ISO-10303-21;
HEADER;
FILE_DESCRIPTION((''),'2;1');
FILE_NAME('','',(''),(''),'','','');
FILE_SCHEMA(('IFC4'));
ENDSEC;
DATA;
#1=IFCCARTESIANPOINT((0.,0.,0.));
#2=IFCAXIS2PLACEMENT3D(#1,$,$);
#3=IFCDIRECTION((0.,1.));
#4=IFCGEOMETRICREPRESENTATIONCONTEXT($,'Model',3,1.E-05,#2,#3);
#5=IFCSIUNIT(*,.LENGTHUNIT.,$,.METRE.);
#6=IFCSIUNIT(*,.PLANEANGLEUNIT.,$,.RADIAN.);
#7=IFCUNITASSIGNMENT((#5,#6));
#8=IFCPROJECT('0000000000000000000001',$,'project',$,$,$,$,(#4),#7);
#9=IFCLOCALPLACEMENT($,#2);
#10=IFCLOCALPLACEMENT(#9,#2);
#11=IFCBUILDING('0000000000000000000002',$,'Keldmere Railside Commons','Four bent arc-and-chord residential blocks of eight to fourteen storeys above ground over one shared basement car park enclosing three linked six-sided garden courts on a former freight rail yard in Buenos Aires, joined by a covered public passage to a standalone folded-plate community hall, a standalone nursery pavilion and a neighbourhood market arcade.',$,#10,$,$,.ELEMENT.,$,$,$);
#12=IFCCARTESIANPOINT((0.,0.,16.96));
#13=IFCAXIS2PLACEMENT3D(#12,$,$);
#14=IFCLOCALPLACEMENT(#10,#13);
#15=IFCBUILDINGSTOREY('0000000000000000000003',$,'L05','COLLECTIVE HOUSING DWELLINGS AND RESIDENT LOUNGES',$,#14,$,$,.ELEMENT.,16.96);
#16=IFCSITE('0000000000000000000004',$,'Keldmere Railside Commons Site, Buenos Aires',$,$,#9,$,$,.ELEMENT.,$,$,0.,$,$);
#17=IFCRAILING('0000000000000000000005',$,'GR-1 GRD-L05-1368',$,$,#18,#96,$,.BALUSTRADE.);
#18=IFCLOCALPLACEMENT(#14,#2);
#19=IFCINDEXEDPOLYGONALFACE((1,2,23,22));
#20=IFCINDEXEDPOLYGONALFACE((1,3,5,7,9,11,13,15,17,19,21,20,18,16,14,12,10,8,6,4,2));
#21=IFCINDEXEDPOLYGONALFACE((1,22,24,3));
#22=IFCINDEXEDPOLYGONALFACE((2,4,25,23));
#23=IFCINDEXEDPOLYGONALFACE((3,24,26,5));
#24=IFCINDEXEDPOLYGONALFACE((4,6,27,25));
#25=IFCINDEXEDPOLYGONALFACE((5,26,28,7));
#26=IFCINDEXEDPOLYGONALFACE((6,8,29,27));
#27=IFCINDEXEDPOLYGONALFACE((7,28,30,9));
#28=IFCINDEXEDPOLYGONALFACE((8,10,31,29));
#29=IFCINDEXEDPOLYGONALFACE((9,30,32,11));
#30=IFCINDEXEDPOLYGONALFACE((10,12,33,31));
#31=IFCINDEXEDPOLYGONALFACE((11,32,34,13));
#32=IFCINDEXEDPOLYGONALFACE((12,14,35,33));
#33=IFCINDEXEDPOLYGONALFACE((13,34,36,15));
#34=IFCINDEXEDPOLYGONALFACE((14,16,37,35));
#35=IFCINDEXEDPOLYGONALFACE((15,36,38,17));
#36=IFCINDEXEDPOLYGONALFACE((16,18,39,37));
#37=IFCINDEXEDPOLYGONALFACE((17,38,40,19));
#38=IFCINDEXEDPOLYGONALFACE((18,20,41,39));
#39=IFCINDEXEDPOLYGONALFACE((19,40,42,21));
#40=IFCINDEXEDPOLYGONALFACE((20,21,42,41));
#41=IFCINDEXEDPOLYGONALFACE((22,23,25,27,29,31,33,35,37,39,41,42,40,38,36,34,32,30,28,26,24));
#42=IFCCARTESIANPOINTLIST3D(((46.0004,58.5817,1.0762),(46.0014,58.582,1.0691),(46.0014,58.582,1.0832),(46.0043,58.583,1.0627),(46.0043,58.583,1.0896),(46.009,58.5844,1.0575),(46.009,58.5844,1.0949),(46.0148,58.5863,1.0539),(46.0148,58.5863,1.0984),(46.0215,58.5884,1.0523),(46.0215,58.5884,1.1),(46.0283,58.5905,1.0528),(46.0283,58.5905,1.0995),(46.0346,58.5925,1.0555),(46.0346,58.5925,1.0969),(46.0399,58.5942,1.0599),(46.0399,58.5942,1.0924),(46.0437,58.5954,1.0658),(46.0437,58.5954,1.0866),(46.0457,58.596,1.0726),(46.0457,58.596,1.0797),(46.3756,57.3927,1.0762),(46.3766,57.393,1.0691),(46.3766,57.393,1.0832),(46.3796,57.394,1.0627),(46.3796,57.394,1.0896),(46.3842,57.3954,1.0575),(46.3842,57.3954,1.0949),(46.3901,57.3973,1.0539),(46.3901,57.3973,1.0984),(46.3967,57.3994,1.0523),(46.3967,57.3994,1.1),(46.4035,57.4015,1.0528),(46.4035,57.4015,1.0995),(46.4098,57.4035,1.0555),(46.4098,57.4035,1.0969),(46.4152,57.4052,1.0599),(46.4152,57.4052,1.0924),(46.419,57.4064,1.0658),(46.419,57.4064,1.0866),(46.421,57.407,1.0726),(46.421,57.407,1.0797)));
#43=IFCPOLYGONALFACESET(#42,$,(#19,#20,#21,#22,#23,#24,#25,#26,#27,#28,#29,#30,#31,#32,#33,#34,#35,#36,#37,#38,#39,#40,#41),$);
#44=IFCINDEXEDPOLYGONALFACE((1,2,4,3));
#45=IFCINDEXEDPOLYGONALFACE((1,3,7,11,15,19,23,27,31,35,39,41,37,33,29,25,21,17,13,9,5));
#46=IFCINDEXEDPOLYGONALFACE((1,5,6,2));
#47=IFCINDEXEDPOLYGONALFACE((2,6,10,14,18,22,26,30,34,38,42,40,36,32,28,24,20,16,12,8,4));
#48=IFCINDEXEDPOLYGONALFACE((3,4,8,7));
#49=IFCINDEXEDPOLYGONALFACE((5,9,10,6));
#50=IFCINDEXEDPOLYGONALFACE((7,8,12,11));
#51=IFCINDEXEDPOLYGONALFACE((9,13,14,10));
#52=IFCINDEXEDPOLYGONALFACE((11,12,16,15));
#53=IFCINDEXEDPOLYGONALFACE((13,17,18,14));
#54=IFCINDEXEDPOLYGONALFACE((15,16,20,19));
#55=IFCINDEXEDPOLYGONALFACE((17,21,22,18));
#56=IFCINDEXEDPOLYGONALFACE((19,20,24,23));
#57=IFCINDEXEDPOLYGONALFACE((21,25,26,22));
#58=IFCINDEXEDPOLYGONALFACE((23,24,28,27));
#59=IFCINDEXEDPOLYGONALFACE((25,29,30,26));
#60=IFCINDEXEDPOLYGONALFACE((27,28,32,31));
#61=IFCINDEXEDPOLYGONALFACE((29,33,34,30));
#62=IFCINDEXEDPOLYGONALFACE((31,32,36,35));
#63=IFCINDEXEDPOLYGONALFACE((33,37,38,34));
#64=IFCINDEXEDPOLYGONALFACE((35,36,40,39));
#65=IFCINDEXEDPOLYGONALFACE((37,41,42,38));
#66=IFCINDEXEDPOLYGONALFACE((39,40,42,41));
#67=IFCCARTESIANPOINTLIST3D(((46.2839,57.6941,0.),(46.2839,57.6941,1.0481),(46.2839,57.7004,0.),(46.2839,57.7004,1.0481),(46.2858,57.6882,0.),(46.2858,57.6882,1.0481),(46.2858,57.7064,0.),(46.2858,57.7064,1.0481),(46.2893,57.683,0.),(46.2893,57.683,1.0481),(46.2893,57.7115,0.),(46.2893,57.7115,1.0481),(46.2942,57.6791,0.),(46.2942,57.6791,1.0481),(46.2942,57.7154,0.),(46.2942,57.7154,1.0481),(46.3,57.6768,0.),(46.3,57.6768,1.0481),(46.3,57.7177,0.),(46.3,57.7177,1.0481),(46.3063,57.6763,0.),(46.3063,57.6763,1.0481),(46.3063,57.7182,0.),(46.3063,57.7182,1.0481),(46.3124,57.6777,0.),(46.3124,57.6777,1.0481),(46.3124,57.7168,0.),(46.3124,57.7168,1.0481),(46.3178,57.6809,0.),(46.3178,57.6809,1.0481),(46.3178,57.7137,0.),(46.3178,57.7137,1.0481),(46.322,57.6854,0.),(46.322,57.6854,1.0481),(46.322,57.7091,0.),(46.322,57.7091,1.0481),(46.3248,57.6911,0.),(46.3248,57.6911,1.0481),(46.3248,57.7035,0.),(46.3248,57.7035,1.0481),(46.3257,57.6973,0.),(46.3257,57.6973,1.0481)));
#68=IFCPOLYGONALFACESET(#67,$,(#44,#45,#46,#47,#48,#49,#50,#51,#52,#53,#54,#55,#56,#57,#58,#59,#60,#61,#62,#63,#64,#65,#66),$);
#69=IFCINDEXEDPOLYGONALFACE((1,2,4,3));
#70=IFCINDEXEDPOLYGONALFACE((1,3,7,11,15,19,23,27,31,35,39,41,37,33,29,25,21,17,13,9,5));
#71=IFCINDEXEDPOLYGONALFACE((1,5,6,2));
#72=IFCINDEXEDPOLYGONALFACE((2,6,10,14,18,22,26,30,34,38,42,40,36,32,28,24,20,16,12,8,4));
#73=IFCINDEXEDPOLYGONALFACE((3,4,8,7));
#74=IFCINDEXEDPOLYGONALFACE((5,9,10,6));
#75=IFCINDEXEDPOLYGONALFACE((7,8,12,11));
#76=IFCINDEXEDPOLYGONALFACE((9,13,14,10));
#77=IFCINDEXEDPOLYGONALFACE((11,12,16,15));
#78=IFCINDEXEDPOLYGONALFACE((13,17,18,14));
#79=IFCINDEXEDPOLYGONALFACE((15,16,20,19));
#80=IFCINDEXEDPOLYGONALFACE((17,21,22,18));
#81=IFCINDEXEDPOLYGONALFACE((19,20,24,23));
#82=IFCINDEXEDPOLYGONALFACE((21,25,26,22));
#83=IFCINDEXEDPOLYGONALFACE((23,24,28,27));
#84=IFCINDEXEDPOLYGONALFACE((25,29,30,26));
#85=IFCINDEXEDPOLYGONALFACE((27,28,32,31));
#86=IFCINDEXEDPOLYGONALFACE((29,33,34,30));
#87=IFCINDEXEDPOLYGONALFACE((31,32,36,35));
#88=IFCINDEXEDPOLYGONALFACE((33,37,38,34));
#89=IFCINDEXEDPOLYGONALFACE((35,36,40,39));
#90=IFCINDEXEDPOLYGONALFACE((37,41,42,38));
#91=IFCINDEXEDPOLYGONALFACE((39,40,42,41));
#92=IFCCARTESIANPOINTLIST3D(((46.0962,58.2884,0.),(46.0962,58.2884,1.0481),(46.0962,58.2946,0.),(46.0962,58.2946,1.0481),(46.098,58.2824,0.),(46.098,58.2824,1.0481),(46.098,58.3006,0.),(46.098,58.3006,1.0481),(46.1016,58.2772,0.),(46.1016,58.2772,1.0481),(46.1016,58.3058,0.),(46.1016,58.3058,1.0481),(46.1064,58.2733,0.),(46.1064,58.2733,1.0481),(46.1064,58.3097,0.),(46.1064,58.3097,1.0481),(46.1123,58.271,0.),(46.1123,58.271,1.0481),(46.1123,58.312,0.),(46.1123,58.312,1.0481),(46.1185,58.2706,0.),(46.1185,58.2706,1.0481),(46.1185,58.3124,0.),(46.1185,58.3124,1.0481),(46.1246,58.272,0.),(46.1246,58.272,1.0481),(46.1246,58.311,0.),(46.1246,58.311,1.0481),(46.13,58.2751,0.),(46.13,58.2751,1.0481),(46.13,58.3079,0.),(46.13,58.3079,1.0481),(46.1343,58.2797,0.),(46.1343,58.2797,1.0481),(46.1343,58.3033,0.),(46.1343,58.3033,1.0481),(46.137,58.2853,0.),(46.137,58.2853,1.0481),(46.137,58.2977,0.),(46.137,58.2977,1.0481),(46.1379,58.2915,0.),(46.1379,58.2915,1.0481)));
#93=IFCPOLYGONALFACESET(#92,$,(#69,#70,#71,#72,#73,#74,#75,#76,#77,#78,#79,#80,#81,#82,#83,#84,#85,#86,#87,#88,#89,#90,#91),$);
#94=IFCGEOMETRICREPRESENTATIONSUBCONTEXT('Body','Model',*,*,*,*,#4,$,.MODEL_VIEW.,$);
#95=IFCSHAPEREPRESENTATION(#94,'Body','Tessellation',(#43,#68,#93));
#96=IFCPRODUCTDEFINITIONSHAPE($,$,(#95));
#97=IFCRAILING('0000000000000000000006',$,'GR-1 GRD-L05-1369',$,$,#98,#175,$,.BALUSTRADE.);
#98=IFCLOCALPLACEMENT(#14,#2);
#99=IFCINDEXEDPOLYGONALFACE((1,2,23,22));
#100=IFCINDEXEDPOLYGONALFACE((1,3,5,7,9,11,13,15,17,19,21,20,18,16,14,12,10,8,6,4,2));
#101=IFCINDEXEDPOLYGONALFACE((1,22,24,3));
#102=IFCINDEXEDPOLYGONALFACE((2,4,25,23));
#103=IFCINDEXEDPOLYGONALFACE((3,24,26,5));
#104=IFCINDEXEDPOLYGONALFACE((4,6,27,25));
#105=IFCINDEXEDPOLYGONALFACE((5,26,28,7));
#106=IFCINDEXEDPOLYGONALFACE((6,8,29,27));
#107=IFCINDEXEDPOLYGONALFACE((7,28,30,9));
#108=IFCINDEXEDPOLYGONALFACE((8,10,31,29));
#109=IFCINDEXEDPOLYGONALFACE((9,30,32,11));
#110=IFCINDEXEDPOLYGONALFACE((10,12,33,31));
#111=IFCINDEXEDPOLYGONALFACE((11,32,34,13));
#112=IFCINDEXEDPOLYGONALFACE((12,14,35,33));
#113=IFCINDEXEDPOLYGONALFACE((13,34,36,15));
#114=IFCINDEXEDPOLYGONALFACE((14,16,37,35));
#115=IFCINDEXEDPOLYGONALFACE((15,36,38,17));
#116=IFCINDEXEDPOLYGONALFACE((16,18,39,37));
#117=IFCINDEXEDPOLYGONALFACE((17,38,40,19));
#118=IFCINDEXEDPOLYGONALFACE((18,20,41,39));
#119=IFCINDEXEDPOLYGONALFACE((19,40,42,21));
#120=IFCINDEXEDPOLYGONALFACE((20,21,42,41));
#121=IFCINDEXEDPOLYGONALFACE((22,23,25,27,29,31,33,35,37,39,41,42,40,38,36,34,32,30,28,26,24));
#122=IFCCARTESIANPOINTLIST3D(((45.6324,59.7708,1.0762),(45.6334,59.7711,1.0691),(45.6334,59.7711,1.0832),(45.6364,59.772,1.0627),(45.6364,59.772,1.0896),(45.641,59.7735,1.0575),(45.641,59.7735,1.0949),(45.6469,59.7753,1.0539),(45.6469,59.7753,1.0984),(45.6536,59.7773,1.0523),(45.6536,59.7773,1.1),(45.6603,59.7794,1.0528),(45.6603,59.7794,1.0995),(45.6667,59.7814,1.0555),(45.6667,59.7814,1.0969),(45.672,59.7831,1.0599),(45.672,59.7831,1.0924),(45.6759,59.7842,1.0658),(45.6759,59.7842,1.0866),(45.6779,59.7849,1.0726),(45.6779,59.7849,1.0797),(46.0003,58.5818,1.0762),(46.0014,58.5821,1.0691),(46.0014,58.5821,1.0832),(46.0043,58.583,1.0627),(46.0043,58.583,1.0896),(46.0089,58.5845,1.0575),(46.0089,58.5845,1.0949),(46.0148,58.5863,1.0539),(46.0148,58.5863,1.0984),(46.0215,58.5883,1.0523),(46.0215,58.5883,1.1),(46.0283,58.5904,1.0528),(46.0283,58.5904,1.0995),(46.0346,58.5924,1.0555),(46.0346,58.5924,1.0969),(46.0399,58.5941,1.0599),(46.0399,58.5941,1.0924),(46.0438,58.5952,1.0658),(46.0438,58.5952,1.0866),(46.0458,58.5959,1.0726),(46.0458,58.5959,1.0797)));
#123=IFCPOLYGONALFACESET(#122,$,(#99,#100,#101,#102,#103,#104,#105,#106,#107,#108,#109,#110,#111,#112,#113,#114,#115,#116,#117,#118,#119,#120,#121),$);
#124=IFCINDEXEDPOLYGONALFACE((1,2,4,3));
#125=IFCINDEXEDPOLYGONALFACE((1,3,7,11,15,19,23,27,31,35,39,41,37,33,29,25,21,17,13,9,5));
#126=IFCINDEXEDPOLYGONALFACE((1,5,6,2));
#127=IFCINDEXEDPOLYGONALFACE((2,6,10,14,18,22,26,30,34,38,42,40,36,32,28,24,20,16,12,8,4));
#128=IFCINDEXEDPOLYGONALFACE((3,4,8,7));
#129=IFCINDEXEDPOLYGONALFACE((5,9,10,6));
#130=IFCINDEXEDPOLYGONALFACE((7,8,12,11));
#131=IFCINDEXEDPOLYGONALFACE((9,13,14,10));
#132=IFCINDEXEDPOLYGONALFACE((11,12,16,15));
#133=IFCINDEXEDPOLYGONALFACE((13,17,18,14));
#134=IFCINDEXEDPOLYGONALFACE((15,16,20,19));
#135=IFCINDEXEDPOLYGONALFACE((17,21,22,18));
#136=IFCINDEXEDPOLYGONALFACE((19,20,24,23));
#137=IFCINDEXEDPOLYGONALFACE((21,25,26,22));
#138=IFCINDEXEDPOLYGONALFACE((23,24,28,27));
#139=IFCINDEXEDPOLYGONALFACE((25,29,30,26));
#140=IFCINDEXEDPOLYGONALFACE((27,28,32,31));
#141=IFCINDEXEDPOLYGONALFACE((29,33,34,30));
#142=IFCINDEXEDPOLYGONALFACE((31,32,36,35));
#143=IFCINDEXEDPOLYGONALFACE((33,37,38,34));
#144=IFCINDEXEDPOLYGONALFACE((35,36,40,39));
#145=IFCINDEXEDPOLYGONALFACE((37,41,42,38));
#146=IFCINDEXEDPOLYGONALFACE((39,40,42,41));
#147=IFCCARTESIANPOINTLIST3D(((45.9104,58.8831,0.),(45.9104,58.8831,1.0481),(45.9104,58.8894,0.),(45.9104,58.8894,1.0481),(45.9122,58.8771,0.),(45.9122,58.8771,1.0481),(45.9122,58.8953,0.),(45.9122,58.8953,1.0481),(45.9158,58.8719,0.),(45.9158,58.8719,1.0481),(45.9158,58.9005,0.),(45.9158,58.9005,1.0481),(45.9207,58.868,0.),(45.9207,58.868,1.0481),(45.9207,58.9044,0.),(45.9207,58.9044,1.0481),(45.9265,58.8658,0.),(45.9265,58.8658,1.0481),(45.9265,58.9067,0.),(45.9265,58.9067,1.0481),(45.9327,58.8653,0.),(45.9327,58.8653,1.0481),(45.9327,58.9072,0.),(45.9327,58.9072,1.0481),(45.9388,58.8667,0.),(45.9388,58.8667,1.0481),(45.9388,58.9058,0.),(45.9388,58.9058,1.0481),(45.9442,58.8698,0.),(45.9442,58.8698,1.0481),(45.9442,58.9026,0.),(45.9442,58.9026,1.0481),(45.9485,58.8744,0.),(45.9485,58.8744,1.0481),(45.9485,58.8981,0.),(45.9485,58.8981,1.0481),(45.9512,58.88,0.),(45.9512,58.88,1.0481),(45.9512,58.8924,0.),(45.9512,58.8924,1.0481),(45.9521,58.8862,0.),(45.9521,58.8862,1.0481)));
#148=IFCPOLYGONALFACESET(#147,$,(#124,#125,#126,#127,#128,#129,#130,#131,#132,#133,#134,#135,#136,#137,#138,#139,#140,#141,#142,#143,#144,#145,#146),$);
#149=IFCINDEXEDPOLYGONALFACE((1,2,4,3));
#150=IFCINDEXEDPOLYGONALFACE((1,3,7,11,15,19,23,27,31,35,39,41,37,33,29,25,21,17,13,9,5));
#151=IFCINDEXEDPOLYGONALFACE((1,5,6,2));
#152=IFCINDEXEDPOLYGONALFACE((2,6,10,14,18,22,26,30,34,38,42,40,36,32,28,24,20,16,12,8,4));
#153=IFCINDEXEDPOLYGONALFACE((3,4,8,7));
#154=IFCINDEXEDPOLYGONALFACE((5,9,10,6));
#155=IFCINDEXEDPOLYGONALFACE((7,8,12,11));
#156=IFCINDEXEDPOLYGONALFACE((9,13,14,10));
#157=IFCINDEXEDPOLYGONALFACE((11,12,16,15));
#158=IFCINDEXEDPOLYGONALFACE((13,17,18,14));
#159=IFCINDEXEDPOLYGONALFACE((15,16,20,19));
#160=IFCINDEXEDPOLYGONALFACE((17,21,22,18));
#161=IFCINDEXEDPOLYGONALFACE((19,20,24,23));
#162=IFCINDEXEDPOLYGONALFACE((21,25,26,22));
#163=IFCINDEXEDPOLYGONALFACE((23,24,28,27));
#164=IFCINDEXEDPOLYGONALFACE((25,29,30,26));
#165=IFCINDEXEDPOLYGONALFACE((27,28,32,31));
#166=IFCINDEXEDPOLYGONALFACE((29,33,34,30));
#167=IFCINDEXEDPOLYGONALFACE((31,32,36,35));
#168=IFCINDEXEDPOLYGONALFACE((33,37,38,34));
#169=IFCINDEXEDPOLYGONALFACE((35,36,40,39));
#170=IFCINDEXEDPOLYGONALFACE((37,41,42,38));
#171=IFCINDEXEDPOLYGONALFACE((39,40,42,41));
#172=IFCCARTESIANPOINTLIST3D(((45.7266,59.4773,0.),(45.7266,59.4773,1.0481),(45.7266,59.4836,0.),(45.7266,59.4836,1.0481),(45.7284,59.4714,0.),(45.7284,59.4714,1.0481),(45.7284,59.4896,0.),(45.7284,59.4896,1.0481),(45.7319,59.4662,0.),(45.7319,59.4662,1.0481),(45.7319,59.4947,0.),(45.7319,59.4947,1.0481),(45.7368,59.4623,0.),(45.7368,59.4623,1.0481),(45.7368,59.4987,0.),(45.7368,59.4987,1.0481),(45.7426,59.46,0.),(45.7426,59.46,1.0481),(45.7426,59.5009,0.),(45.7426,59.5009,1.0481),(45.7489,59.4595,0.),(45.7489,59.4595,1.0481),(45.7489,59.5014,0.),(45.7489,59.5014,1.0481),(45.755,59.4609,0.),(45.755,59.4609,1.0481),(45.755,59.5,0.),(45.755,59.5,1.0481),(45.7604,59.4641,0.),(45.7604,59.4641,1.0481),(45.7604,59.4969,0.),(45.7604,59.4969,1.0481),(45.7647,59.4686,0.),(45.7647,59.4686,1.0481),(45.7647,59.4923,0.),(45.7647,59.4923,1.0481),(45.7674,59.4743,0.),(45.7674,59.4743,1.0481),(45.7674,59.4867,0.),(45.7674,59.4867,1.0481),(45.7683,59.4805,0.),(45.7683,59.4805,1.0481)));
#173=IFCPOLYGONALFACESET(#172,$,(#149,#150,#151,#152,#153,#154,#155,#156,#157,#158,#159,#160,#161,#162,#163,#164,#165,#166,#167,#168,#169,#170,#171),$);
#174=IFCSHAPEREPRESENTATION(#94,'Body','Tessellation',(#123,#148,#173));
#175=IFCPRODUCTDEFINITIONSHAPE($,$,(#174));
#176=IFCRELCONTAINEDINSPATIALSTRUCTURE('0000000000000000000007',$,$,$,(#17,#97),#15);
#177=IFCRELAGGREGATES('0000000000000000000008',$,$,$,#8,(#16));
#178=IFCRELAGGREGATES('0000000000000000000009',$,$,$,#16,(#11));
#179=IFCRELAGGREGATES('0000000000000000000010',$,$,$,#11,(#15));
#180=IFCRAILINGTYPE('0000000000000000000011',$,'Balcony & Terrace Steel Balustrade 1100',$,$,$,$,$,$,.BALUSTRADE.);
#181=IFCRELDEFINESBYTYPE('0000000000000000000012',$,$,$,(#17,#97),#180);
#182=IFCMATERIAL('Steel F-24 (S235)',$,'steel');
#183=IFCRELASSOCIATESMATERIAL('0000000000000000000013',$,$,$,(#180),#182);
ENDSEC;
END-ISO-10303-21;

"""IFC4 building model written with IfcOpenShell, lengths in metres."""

from ifc_helpers import new_model, si_unit, direction, frame, origin, origin_2d, place, context, subcontext, project, spatial, circle, extrude, material, type_object, element, save


model = new_model("IFC4")

# Units and contexts
model_context = context("Model", 3, precision=1e-05, world=origin(), true_north=direction((0.0, 1.0)))
body_context = subcontext(model_context, "Body", "Model", "MODEL_VIEW")
ifc_project = project(units=[si_unit("LENGTHUNIT", "METRE"), si_unit("PLANEANGLEUNIT", "RADIAN")], contexts=[model_context])

# Site, building, storey
site_placement = place(None, origin())
site = spatial("IfcSite", under=ifc_project, at=site_placement, Name="Keldmere Railside Commons Site, Buenos Aires", CompositionType="ELEMENT", RefElevation=0.0)
building_placement = place(site_placement, origin())
building = spatial("IfcBuilding", under=site, at=building_placement, Name="Keldmere Railside Commons", Description="Four bent arc-and-chord residential blocks of eight to fourteen storeys above ground over one shared basement car park enclosing three linked six-sided garden courts on a former freight rail yard in Buenos Aires, joined by a covered public passage to a standalone folded-plate community hall, a standalone nursery pavilion and a neighbourhood market arcade.", CompositionType="ELEMENT")
storey_placement = place(building_placement, frame((0.0, 0.0, 16.96)))
storey = spatial("IfcBuildingStorey", under=building, at=storey_placement, Name="L05", Description="COLLECTIVE HOUSING DWELLINGS AND RESIDENT LOUNGES", CompositionType="ELEMENT", Elevation=16.96)

# Railings
ifc_material_1 = material(Name="Steel F-24 (S235)", Category="steel")
railing_type = type_object("IfcRailingType", Name="Balcony & Terrace Steel Balustrade 1100", PredefinedType="BALUSTRADE", material=ifc_material_1)
railing_1_placement = place(storey_placement, frame((46.3984, 57.3999, 0.0)))
element("IfcRailing", 1, at=railing_1_placement, inside=storey, type_object=railing_type, Name="GR-1 GRD-L05-1368", PredefinedType="BALUSTRADE", context=body_context, shape_type="SweptSolid", body=[
    extrude(circle(Radius=0.0239, at=origin_2d()), frame((0.0, 0.0, 1.0762), z_axis=(-0.300972, 0.953633, 0.0), x_axis=(-0.953633, -0.300972, 0.0)), (0.0, 0.0, 1.0), 1.2468),
    extrude(circle(Radius=0.021, at=origin_2d()), frame((-0.0938, 0.2974, 0.0)), (0.0, 0.0, 1.0), 1.0481),
    extrude(circle(Radius=0.021, at=origin_2d()), frame((-0.2815, 0.8916, 0.0)), (0.0, 0.0, 1.0), 1.0481),
])
railing_2_placement = place(storey_placement, frame((46.0232, 58.5889, 0.0)))
element("IfcRailing", 2, at=railing_2_placement, inside=storey, type_object=railing_type, Name="GR-1 GRD-L05-1369", PredefinedType="BALUSTRADE", context=body_context, shape_type="SweptSolid", body=[
    extrude(circle(Radius=0.0239, at=origin_2d()), frame((0.0, 0.0, 1.0762), z_axis=(-0.295616, 0.955307, 0.0), x_axis=(-0.955307, -0.295616, 0.0)), (0.0, 0.0, 1.0), 1.2446),
    extrude(circle(Radius=0.021, at=origin_2d()), frame((-0.092, 0.2974, 0.0)), (0.0, 0.0, 1.0), 1.0481),
    extrude(circle(Radius=0.021, at=origin_2d()), frame((-0.2759, 0.8916, 0.0)), (0.0, 0.0, 1.0), 1.0481),
])

save(model, "model.ifc")
